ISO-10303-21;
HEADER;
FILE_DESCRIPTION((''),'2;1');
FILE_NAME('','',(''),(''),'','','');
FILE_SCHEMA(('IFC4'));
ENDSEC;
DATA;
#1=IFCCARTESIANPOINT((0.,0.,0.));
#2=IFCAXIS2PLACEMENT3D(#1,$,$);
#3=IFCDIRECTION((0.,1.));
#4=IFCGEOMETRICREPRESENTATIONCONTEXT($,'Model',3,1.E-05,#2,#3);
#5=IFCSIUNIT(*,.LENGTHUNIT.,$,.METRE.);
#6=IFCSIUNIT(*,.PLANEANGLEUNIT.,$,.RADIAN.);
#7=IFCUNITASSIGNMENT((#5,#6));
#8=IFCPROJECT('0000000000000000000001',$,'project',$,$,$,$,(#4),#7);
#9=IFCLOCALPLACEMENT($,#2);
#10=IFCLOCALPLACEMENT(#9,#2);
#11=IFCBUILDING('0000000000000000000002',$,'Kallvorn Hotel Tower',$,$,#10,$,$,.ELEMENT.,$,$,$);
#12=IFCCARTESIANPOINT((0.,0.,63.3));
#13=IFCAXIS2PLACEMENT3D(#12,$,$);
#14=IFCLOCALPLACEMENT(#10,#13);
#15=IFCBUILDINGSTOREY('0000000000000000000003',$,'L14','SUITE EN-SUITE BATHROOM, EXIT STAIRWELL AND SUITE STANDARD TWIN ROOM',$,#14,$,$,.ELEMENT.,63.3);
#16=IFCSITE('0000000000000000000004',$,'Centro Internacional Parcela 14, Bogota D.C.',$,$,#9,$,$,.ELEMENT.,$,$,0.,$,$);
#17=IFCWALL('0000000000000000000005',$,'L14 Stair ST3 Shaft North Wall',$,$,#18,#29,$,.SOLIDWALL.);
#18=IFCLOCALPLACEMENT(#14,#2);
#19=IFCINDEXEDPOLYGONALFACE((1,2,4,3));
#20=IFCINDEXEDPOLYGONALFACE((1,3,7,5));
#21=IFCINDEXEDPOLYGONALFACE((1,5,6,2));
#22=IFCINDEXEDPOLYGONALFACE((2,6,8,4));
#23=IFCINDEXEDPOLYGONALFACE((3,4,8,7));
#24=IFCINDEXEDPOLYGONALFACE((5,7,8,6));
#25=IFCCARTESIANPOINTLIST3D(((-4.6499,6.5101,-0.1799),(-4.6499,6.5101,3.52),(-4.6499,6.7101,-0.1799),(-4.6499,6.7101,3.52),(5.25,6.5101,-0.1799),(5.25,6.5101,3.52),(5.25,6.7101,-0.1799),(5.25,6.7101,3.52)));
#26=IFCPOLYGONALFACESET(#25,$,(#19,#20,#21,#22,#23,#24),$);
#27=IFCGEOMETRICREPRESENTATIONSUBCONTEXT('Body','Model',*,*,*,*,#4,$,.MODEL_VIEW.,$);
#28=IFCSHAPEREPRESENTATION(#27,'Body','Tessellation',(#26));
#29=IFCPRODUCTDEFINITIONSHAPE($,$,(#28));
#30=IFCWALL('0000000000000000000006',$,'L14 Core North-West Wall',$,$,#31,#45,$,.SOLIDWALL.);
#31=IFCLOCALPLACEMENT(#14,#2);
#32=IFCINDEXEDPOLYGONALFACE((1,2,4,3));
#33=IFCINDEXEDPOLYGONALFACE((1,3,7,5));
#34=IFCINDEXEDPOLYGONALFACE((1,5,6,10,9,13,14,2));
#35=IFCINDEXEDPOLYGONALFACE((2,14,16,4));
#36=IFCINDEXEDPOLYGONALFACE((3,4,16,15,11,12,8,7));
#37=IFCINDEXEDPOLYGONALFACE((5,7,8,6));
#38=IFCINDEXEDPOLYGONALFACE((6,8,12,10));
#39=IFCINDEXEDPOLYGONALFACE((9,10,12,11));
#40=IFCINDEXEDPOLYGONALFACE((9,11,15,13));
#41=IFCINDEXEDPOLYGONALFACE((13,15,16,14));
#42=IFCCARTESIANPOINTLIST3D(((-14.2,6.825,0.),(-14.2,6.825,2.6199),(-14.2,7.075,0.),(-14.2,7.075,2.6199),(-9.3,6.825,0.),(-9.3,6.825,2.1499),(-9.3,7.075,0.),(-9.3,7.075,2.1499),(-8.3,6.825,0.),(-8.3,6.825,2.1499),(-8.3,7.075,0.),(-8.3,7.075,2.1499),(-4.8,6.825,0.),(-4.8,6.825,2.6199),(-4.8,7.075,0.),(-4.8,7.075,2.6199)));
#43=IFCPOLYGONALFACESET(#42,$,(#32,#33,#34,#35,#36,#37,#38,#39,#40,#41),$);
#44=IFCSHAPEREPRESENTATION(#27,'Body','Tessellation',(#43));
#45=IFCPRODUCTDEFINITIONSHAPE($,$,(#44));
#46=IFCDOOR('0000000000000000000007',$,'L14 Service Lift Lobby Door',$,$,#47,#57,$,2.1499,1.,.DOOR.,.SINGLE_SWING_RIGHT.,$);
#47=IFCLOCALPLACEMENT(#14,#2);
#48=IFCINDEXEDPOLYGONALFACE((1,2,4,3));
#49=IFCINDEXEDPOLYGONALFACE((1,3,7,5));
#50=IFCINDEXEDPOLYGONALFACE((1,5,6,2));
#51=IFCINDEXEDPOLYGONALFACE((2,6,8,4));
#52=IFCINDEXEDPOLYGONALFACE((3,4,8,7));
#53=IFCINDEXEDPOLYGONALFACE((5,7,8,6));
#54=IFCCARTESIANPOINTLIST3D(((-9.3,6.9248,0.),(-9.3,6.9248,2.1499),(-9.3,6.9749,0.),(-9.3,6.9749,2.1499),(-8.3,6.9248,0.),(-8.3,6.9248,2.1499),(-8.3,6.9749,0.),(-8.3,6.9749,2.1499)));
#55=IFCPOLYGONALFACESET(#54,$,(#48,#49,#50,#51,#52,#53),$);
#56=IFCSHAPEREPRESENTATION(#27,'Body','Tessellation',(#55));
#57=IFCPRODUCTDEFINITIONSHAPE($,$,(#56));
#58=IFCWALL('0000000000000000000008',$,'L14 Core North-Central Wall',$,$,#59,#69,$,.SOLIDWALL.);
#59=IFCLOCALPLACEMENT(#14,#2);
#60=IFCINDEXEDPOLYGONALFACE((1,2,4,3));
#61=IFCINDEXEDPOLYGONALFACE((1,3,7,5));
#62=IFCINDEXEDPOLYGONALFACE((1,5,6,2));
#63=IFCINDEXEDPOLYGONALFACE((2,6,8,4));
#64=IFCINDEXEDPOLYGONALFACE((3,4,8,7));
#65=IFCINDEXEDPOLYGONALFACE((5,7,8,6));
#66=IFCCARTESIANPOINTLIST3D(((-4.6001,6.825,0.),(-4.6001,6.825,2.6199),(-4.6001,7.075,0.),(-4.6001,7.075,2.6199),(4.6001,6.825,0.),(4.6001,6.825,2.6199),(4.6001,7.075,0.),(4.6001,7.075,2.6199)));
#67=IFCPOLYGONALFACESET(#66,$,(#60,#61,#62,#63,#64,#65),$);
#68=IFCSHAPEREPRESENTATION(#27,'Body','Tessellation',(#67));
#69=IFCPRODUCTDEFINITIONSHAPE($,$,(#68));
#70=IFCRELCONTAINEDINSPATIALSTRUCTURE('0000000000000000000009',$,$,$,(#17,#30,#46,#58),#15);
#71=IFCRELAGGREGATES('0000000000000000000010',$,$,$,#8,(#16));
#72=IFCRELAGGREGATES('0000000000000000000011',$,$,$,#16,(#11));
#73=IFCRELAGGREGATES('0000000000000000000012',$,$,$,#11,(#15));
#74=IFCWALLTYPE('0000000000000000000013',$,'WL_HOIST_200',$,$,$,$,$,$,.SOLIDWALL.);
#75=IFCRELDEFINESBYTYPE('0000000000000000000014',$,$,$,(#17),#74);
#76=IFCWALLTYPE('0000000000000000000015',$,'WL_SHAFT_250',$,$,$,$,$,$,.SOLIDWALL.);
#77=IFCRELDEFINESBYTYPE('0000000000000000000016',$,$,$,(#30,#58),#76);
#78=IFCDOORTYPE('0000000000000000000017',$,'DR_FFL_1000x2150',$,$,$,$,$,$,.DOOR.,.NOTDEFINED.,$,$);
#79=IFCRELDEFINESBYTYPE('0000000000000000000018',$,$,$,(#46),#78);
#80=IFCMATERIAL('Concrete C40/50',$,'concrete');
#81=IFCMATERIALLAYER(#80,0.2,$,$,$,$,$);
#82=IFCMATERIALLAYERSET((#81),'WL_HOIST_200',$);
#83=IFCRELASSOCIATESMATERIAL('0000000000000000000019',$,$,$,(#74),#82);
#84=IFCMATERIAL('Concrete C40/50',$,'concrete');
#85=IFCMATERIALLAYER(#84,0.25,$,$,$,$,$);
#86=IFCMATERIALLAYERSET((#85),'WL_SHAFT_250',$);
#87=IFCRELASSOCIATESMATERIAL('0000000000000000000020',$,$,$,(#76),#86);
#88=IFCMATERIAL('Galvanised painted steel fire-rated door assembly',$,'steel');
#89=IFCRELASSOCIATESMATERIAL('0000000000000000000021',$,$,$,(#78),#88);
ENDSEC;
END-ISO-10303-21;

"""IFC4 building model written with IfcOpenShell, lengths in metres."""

from ifc_helpers import new_model, si_unit, direction, frame, frame_2d, origin, place, context, subcontext, project, spatial, rectangle, extrude, material, layer, layer_set, type_object, element, fill, save


model = new_model("IFC4")

# Units and contexts
model_context = context("Model", 3, precision=1e-05, world=origin(), true_north=direction((0.0, 1.0)))
body_context = subcontext(model_context, "Body", "Model", "MODEL_VIEW")
ifc_project = project(units=[si_unit("LENGTHUNIT", "METRE"), si_unit("PLANEANGLEUNIT", "RADIAN")], contexts=[model_context])

# Site, building, storey
site_placement = place(None, origin())
site = spatial("IfcSite", under=ifc_project, at=site_placement, Name="Centro Internacional Parcela 14, Bogota D.C.", CompositionType="ELEMENT", RefElevation=0.0)
building_placement = place(site_placement, origin())
building = spatial("IfcBuilding", under=site, at=building_placement, Name="Kallvorn Hotel Tower", CompositionType="ELEMENT")
storey_placement = place(building_placement, frame((0.0, 0.0, 63.3)))
storey = spatial("IfcBuildingStorey", under=building, at=storey_placement, Name="L14", Description="SUITE EN-SUITE BATHROOM, EXIT STAIRWELL AND SUITE STANDARD TWIN ROOM", CompositionType="ELEMENT", Elevation=63.3)

# Wall
ifc_material_1 = material(Name="Concrete C40/50", Category="concrete")
ifc_layer_1 = layer(ifc_material_1, 0.2)
ifc_layer_set_1 = layer_set([ifc_layer_1], Name="WL_HOIST_200")
wall_type_1 = type_object("IfcWallType", Name="WL_HOIST_200", PredefinedType="SOLIDWALL", material=ifc_layer_set_1)
wall_1_placement = place(storey_placement, frame((-4.6499, 6.6101, -0.1799), z_axis=(0.0, 0.0, 1.0), x_axis=(1.0, 0.0, 0.0)))
element("IfcWall", 1, at=wall_1_placement, inside=storey, type_object=wall_type_1, Name="L14 Stair ST3 Shaft North Wall", PredefinedType="SOLIDWALL", context=body_context, shape_type="SweptSolid", body=[
    extrude(rectangle(XDim=9.8999, YDim=0.2, at=frame_2d((4.95, 0.0))), origin(), (0.0, 0.0, 1.0), 3.7),
])

# Wall, opening, door
ifc_material_2 = material(Name="Concrete C40/50", Category="concrete")
ifc_layer_2 = layer(ifc_material_2, 0.25)
ifc_layer_set_2 = layer_set([ifc_layer_2], Name="WL_SHAFT_250")
wall_type_2 = type_object("IfcWallType", Name="WL_SHAFT_250", PredefinedType="SOLIDWALL", material=ifc_layer_set_2)
wall_2_placement = place(storey_placement, frame((-14.2, 6.95, 0.0), z_axis=(0.0, 0.0, 1.0), x_axis=(1.0, 0.0, 0.0)))
wall_2 = element("IfcWall", 2, at=wall_2_placement, inside=storey, type_object=wall_type_2, Name="L14 Core North-West Wall", PredefinedType="SOLIDWALL", context=body_context, shape_type="SweptSolid", body=[
    extrude(rectangle(XDim=9.3999, YDim=0.25, at=frame_2d((4.7, 0.0))), origin(), (0.0, 0.0, 1.0), 2.6199),
])
opening_placement = place(wall_2_placement, frame((4.8999, 0.0, 0.0)))
opening = element("IfcOpeningElement", 3, at=opening_placement, cuts=wall_2, PredefinedType="OPENING", context=body_context, shape_type="SweptSolid", body=[
    extrude(rectangle(XDim=1.0, YDim=2.1499, at=frame_2d((0.5, 1.075))), frame((0.0, 0.1399, 0.0), z_axis=(0.0, -1.0, 0.0), x_axis=(1.0, 0.0, 0.0)), (0.0, 0.0, 1.0), 0.28),
])
ifc_material_3 = material(Name="Galvanised painted steel fire-rated door assembly", Category="steel")
door_type = type_object("IfcDoorType", Name="DR_FFL_1000x2150", OperationType="NOTDEFINED", PredefinedType="DOOR", material=ifc_material_3)
door_placement = place(opening_placement, origin())
door = element("IfcDoor", 4, at=door_placement, inside=storey, type_object=door_type, Name="L14 Service Lift Lobby Door", OperationType="SINGLE_SWING_RIGHT", OverallHeight=2.1499, OverallWidth=1.0, PredefinedType="DOOR", context=body_context, shape_type="SweptSolid", body=[
    extrude(rectangle(XDim=1.0, YDim=2.1499, at=frame_2d((0.5, 1.075))), frame((0.0, 0.0249, 0.0), z_axis=(0.0, -1.0, 0.0), x_axis=(1.0, 0.0, 0.0)), (0.0, 0.0, 1.0), 0.05),
])
fill(opening, door)

# Wall
wall_3_placement = place(storey_placement, frame((-4.6001, 6.95, 0.0), z_axis=(0.0, 0.0, 1.0), x_axis=(1.0, 0.0, 0.0)))
element("IfcWall", 5, at=wall_3_placement, inside=storey, type_object=wall_type_2, Name="L14 Core North-Central Wall", PredefinedType="SOLIDWALL", context=body_context, shape_type="SweptSolid", body=[
    extrude(rectangle(XDim=9.2002, YDim=0.25, at=frame_2d((4.6001, 0.0))), origin(), (0.0, 0.0, 1.0), 2.6199),
])

save(model, "model.ifc")
